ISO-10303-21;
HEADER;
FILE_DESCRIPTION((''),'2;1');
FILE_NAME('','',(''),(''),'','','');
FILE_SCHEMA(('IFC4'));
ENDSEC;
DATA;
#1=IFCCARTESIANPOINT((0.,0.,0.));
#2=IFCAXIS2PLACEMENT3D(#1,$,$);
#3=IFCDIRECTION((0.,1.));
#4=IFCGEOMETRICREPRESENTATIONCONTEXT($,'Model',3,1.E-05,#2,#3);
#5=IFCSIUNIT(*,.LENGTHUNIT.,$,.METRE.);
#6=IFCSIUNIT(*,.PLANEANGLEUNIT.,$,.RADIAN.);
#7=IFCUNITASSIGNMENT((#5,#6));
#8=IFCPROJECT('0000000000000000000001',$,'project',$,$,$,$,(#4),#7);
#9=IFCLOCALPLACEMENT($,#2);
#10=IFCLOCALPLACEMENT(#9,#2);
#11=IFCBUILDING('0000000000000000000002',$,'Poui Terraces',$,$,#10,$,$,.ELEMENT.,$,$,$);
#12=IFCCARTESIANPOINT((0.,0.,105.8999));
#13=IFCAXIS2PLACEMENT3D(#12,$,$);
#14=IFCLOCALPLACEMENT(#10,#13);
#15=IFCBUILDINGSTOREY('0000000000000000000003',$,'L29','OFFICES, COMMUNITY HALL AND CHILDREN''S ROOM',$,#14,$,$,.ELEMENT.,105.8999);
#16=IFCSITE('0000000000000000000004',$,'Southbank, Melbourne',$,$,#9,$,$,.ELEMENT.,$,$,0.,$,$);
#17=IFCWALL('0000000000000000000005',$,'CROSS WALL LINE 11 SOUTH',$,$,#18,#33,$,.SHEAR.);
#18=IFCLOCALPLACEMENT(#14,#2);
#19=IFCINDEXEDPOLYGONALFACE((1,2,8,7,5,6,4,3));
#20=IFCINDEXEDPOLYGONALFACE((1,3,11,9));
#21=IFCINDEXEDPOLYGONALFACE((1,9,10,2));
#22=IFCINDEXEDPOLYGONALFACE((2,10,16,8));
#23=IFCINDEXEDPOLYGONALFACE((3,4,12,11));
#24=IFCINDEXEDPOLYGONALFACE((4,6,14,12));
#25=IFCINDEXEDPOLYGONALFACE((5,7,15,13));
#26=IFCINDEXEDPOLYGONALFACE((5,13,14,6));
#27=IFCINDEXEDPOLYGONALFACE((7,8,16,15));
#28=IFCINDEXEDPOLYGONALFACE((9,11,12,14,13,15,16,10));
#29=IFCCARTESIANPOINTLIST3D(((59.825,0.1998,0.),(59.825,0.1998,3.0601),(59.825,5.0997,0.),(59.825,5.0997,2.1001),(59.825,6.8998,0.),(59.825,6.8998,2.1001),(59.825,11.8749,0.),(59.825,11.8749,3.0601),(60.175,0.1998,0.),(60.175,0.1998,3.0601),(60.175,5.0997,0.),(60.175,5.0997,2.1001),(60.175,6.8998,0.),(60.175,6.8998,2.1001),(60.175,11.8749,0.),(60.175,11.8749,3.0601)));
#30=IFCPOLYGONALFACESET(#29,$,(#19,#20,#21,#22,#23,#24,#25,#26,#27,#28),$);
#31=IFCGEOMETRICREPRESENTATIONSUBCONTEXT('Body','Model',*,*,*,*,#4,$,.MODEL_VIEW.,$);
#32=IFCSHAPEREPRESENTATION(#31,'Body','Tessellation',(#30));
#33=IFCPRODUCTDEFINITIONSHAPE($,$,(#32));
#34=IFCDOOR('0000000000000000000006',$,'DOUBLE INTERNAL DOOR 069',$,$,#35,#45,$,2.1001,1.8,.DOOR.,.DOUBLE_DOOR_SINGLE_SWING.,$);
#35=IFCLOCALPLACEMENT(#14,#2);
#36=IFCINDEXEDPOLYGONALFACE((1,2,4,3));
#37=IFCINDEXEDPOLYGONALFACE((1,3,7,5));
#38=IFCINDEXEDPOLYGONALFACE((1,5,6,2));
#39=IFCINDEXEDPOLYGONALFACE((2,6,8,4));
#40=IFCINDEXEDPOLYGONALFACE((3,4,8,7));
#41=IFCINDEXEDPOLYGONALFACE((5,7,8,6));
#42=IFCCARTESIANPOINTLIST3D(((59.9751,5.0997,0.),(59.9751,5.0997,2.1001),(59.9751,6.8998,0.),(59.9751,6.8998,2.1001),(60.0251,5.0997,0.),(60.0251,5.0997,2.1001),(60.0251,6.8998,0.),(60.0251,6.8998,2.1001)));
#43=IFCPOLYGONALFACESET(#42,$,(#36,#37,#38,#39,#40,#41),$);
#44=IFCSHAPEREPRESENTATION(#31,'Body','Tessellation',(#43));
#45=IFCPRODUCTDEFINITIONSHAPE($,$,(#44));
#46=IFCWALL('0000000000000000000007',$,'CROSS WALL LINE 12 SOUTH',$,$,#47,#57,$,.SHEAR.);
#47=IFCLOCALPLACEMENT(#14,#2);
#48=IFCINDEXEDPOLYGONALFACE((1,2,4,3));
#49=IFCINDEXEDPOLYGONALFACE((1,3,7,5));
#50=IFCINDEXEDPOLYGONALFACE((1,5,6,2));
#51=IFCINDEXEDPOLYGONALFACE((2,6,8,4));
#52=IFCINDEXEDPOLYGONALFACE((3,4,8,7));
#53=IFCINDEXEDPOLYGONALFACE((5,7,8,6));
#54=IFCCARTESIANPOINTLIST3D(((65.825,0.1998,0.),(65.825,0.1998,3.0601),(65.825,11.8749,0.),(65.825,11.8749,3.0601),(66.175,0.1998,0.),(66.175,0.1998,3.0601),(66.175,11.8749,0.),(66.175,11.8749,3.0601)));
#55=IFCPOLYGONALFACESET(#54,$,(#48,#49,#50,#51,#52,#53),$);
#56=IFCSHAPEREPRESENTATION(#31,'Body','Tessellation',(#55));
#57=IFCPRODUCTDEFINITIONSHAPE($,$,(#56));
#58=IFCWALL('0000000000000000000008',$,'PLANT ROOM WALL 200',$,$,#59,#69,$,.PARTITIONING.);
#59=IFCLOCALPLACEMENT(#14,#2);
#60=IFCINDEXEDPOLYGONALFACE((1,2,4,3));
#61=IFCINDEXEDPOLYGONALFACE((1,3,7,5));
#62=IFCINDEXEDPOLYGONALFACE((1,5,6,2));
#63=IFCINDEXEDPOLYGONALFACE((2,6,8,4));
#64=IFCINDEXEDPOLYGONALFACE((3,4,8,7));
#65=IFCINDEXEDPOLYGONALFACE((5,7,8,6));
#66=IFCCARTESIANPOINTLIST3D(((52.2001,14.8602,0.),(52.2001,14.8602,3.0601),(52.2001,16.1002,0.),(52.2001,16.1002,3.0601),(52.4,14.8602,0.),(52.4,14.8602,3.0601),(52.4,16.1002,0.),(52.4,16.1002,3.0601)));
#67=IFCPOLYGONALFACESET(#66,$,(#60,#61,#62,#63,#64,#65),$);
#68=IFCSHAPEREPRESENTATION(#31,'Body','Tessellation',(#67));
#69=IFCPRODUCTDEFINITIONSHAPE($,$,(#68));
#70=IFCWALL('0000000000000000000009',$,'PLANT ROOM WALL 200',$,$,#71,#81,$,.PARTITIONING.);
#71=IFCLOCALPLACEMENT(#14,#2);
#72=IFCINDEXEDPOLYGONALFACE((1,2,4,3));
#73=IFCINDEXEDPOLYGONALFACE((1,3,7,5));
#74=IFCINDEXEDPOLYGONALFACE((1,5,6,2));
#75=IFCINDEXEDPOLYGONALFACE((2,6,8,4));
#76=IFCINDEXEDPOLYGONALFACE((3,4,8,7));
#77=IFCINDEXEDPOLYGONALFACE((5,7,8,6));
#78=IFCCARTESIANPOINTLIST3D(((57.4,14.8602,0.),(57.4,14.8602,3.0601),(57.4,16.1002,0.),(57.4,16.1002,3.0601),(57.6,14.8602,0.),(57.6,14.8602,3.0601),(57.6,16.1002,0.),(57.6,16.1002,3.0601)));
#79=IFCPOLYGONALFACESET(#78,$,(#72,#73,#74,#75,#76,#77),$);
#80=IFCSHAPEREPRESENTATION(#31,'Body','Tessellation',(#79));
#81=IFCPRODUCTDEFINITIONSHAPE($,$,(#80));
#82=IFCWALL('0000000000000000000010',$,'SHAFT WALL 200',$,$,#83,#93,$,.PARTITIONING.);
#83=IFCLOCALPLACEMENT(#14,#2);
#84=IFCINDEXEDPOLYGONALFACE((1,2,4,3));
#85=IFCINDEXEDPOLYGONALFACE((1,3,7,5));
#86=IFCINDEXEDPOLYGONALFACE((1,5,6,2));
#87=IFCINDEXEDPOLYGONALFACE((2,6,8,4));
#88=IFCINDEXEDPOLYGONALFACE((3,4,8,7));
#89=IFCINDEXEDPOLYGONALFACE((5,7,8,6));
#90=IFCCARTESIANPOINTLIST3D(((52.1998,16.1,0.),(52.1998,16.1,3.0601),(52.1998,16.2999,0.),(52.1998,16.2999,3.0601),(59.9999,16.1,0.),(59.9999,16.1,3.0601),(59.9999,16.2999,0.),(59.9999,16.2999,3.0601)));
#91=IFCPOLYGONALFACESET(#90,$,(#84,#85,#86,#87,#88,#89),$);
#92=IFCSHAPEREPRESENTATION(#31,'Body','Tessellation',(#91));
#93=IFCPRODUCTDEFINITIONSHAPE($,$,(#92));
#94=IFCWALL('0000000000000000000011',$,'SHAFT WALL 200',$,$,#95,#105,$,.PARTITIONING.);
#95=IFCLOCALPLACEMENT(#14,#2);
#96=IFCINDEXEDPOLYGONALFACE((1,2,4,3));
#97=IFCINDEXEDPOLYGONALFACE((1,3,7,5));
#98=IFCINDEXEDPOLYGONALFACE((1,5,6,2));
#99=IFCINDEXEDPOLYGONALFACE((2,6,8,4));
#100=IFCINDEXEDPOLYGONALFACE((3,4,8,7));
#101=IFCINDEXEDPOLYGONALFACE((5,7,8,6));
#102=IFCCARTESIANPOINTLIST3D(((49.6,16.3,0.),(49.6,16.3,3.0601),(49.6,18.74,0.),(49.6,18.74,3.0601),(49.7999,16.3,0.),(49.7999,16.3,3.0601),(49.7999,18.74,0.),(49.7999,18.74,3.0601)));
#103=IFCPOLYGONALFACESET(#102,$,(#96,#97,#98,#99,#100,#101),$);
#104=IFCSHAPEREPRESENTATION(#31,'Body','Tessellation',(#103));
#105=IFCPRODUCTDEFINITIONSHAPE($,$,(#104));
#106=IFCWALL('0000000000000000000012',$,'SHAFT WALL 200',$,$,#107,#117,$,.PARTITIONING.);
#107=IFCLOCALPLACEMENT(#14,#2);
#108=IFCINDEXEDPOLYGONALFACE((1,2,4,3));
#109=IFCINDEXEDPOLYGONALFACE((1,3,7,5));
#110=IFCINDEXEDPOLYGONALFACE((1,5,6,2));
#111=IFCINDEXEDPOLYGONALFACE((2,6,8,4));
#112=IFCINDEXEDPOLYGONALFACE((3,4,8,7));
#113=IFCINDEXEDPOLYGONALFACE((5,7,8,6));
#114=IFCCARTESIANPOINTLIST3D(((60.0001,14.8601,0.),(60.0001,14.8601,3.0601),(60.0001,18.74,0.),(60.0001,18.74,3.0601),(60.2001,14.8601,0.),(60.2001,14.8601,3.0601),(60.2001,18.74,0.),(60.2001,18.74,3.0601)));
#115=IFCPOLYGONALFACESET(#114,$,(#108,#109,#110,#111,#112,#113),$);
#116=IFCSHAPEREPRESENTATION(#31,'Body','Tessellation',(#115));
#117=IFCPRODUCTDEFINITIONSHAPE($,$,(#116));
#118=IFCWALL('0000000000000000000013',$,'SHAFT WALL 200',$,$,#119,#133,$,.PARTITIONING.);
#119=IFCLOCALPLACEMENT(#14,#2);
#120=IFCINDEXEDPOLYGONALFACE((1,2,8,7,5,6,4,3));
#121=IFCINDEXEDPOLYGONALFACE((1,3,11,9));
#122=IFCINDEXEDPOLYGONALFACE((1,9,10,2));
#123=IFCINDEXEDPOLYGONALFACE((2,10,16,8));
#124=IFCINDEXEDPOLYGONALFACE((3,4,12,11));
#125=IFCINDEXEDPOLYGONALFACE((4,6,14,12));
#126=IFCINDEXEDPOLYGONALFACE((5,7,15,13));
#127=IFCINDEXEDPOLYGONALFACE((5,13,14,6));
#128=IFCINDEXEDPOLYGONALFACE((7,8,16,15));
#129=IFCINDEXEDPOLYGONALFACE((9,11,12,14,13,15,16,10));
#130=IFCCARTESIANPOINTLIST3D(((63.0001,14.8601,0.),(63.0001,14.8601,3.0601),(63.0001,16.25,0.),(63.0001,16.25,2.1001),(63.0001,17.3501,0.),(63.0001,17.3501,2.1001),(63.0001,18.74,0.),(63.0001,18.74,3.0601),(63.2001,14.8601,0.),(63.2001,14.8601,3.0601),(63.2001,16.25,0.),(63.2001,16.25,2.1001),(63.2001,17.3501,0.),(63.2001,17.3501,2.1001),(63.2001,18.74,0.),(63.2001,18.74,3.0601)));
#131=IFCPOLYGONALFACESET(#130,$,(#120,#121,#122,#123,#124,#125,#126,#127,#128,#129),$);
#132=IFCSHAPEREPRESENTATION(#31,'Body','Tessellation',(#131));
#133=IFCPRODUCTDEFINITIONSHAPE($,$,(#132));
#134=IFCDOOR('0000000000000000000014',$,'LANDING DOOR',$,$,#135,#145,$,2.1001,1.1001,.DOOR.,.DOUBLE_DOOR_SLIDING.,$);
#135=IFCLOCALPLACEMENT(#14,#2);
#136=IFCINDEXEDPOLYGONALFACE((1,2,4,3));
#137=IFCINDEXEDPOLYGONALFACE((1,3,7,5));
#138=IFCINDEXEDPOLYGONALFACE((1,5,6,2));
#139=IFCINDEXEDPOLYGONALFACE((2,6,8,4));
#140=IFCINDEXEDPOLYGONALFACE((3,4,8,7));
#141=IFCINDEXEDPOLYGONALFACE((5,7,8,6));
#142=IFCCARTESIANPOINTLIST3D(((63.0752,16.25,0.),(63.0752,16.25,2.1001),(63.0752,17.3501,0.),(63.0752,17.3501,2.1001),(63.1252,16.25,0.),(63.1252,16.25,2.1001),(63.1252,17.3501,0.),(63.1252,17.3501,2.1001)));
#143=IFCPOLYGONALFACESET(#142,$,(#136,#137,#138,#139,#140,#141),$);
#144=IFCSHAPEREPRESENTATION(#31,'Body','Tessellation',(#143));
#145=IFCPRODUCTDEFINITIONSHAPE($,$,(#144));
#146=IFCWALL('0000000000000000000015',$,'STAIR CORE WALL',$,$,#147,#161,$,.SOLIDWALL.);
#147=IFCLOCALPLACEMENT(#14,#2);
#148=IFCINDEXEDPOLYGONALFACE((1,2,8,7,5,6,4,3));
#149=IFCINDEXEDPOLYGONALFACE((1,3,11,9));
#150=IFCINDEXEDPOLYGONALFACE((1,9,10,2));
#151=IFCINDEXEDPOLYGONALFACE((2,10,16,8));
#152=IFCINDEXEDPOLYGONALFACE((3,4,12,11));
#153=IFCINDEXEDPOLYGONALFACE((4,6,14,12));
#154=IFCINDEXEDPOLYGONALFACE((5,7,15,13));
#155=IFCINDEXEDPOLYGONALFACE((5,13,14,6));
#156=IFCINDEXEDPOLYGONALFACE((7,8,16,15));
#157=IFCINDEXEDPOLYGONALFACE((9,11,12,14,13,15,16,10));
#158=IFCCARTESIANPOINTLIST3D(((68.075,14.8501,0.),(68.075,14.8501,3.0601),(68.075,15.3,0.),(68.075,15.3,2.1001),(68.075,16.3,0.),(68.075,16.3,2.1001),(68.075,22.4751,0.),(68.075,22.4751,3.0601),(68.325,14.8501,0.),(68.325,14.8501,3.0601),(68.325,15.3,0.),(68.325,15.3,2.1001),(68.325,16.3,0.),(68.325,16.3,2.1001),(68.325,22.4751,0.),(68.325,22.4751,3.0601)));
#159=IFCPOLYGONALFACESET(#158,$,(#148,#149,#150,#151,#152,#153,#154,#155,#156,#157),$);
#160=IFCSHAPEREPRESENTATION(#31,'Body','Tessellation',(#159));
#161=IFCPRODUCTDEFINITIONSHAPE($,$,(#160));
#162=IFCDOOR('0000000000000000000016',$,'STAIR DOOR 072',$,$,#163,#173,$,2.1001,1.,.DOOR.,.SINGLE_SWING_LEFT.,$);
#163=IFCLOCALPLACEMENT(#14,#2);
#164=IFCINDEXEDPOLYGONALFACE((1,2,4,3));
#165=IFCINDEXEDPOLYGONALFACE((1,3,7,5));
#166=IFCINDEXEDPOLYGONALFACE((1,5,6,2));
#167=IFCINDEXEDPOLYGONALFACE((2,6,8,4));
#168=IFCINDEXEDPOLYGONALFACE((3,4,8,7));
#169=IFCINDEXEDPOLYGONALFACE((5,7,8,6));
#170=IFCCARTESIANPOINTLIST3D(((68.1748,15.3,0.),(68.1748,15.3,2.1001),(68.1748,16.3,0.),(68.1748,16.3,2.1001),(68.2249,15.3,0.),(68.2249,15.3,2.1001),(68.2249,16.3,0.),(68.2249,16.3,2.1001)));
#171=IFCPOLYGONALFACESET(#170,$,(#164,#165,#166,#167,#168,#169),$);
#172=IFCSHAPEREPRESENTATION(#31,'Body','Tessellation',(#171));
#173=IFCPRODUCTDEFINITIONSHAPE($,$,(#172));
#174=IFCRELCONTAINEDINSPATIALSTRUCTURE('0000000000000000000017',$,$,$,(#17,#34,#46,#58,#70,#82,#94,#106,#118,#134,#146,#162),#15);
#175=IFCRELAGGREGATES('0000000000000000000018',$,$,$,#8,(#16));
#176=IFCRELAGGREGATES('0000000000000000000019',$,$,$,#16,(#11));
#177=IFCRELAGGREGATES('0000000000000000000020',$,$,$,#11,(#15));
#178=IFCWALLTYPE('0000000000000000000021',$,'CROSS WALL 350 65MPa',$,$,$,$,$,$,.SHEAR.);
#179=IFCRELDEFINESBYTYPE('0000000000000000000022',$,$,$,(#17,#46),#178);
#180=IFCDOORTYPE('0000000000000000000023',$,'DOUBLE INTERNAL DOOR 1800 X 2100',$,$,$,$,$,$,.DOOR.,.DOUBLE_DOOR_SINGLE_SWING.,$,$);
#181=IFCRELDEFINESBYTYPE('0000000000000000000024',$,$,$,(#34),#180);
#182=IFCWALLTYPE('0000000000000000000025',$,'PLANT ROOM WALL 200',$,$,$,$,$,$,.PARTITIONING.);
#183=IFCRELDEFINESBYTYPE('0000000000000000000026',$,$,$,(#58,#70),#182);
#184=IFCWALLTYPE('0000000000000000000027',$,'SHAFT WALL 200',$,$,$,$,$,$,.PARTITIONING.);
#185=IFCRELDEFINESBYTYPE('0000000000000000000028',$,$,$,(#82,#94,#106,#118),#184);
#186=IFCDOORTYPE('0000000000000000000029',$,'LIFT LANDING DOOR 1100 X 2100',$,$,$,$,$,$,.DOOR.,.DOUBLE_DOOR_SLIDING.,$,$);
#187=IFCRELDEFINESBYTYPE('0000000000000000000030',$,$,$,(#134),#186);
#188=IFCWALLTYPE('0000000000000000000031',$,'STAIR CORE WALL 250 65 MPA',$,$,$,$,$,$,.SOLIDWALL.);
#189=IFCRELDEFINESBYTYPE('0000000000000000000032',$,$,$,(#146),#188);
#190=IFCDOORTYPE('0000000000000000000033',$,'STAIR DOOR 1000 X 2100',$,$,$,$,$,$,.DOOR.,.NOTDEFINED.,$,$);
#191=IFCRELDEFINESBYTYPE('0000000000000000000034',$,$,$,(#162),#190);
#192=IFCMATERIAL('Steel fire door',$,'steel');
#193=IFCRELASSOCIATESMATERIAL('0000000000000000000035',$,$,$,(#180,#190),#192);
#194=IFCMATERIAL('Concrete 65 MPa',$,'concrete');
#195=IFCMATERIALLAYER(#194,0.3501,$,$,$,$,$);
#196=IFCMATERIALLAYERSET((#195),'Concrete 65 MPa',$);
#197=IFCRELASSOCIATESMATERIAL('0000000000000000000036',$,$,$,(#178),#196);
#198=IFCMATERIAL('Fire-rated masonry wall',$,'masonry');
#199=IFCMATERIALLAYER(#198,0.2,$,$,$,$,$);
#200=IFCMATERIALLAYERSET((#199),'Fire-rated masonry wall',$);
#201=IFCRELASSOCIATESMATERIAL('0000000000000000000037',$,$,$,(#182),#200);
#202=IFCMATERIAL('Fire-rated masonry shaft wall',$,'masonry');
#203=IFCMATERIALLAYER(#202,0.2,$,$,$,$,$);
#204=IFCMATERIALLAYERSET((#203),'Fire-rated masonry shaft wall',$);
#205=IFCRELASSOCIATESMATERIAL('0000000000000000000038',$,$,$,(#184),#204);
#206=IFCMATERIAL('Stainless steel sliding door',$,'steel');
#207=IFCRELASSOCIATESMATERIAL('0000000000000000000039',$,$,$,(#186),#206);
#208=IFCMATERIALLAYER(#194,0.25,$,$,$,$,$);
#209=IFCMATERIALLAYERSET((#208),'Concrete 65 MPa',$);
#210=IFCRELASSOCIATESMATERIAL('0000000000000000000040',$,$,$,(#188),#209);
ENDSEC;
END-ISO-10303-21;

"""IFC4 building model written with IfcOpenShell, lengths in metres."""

from ifc_helpers import new_model, si_unit, direction, frame, frame_2d, origin, place, context, subcontext, project, spatial, rectangle, extrude, material, layer, layer_set, type_object, element, fill, save


model = new_model("IFC4")

# Units and contexts
model_context = context("Model", 3, precision=1e-05, world=origin(), true_north=direction((0.0, 1.0)))
body_context = subcontext(model_context, "Body", "Model", "MODEL_VIEW")
ifc_project = project(units=[si_unit("LENGTHUNIT", "METRE"), si_unit("PLANEANGLEUNIT", "RADIAN")], contexts=[model_context])

# Site, building, storey
site_placement = place(None, origin())
site = spatial("IfcSite", under=ifc_project, at=site_placement, Name="Southbank, Melbourne", CompositionType="ELEMENT", RefElevation=0.0)
building_placement = place(site_placement, origin())
building = spatial("IfcBuilding", under=site, at=building_placement, Name="Poui Terraces", CompositionType="ELEMENT")
storey_placement = place(building_placement, frame((0.0, 0.0, 105.8999)))
storey = spatial("IfcBuildingStorey", under=building, at=storey_placement, Name="L29", Description="OFFICES, COMMUNITY HALL AND CHILDREN'S ROOM", CompositionType="ELEMENT", Elevation=105.8999)

# Shared definitions
ifc_material_1 = material(Name="Concrete 65 MPa", Category="concrete")

# Shared definitions
ifc_material_2 = material(Name="Steel fire door", Category="steel")
door_type_1 = type_object("IfcDoorType", Name="DOUBLE INTERNAL DOOR 1800 X 2100", OperationType="DOUBLE_DOOR_SINGLE_SWING", PredefinedType="DOOR", material=ifc_material_2)

# Shared definitions
ifc_layer_1 = layer(ifc_material_1, 0.3501)
ifc_layer_set_1 = layer_set([ifc_layer_1], Name="Concrete 65 MPa")
wall_type_1 = type_object("IfcWallType", Name="CROSS WALL 350 65MPa", PredefinedType="SHEAR", material=ifc_layer_set_1)

# Wall, opening, door
wall_1_placement = place(storey_placement, frame((60.0, 0.2, 0.0), z_axis=(0.0, 0.0, 1.0), x_axis=(0.0, 1.0, 0.0)))
wall_1 = element("IfcWall", 1, at=wall_1_placement, inside=storey, type_object=wall_type_1, Name="CROSS WALL LINE 11 SOUTH", PredefinedType="SHEAR", context=body_context, shape_type="SweptSolid", body=[
    extrude(rectangle(XDim=11.675, YDim=0.3501, at=frame_2d((5.8374, 0.0))), origin(), (0.0, 0.0, 1.0), 3.0601),
])
opening_1_placement = place(wall_1_placement, frame((4.8999, 0.0, 0.0)))
opening_1 = element("IfcOpeningElement", 2, at=opening_1_placement, cuts=wall_1, PredefinedType="OPENING", context=body_context, shape_type="SweptSolid", body=[
    extrude(rectangle(XDim=1.8, YDim=2.1001, at=frame_2d((0.8999, 1.05))), frame((0.0, 0.1851, 0.0), z_axis=(0.0, -1.0, 0.0), x_axis=(1.0, 0.0, 0.0)), (0.0, 0.0, 1.0), 0.3701),
])
door_1_placement = place(opening_1_placement, origin())
door_1 = element("IfcDoor", 3, at=door_1_placement, inside=storey, type_object=door_type_1, Name="DOUBLE INTERNAL DOOR 069", OperationType="DOUBLE_DOOR_SINGLE_SWING", OverallHeight=2.1001, OverallWidth=1.8, PredefinedType="DOOR", context=body_context, shape_type="SweptSolid", body=[
    extrude(rectangle(XDim=1.8, YDim=2.1001, at=frame_2d((0.8999, 1.05))), frame((0.0, 0.0249, 0.0), z_axis=(0.0, -1.0, 0.0), x_axis=(1.0, 0.0, 0.0)), (0.0, 0.0, 1.0), 0.05),
])
fill(opening_1, door_1)

# Walls
wall_2_placement = place(storey_placement, frame((66.0, 0.2, 0.0), z_axis=(0.0, 0.0, 1.0), x_axis=(0.0, 1.0, 0.0)))
element("IfcWall", 4, at=wall_2_placement, inside=storey, type_object=wall_type_1, Name="CROSS WALL LINE 12 SOUTH", PredefinedType="SHEAR", context=body_context, shape_type="SweptSolid", body=[
    extrude(rectangle(XDim=11.675, YDim=0.3501, at=frame_2d((5.8374, 0.0))), origin(), (0.0, 0.0, 1.0), 3.0601),
])
ifc_material_3 = material(Name="Fire-rated masonry wall", Category="masonry")
ifc_layer_2 = layer(ifc_material_3, 0.2)
ifc_layer_set_2 = layer_set([ifc_layer_2], Name="Fire-rated masonry wall")
wall_type_2 = type_object("IfcWallType", Name="PLANT ROOM WALL 200", PredefinedType="PARTITIONING", material=ifc_layer_set_2)
for number, where, z_axis, x_axis, name in (
    (5, (52.3, 14.8601, 0.0), (0.0, 0.0, 1.0), (0.0, 1.0, 0.0), "PLANT ROOM WALL 200"),
    (6, (57.5, 14.8601, 0.0), (0.0, 0.0, 1.0), (0.0, 1.0, 0.0), "PLANT ROOM WALL 200"),
):
    element("IfcWall", number, at=place(storey_placement, frame(where, z_axis=z_axis, x_axis=x_axis)), inside=storey, type_object=wall_type_2, Name=name, PredefinedType="PARTITIONING", context=body_context, shape_type="SweptSolid", body=[
        extrude(rectangle(XDim=1.24, YDim=0.2, at=frame_2d((0.6201, 0.0))), origin(), (0.0, 0.0, 1.0), 3.0601),
    ])
ifc_material_4 = material(Name="Fire-rated masonry shaft wall", Category="masonry")
ifc_layer_3 = layer(ifc_material_4, 0.2)
ifc_layer_set_3 = layer_set([ifc_layer_3], Name="Fire-rated masonry shaft wall")
wall_type_3 = type_object("IfcWallType", Name="SHAFT WALL 200", PredefinedType="PARTITIONING", material=ifc_layer_set_3)
wall_3_placement = place(storey_placement, frame((52.2, 16.2, 0.0), z_axis=(0.0, 0.0, 1.0), x_axis=(1.0, 0.0, 0.0)))
element("IfcWall", 7, at=wall_3_placement, inside=storey, type_object=wall_type_3, Name="SHAFT WALL 200", PredefinedType="PARTITIONING", context=body_context, shape_type="SweptSolid", body=[
    extrude(rectangle(XDim=7.8, YDim=0.2, at=frame_2d((3.8999, 0.0))), origin(), (0.0, 0.0, 1.0), 3.0601),
])
wall_4_placement = place(storey_placement, frame((49.7, 16.3, 0.0), z_axis=(0.0, 0.0, 1.0), x_axis=(0.0, 1.0, 0.0)))
element("IfcWall", 8, at=wall_4_placement, inside=storey, type_object=wall_type_3, Name="SHAFT WALL 200", PredefinedType="PARTITIONING", context=body_context, shape_type="SweptSolid", body=[
    extrude(rectangle(XDim=2.4399, YDim=0.2, at=frame_2d((1.22, 0.0))), origin(), (0.0, 0.0, 1.0), 3.0601),
])
wall_5_placement = place(storey_placement, frame((60.1001, 14.8601, 0.0), z_axis=(0.0, 0.0, 1.0), x_axis=(0.0, 1.0, 0.0)))
element("IfcWall", 9, at=wall_5_placement, inside=storey, type_object=wall_type_3, Name="SHAFT WALL 200", PredefinedType="PARTITIONING", context=body_context, shape_type="SweptSolid", body=[
    extrude(rectangle(XDim=3.8799, YDim=0.2, at=frame_2d((1.9399, 0.0))), origin(), (0.0, 0.0, 1.0), 3.0601),
])

# Walls, openings, doors
wall_6_placement = place(storey_placement, frame((63.1001, 14.8601, 0.0), z_axis=(0.0, 0.0, 1.0), x_axis=(0.0, 1.0, 0.0)))
wall_6 = element("IfcWall", 10, at=wall_6_placement, inside=storey, type_object=wall_type_3, Name="SHAFT WALL 200", PredefinedType="PARTITIONING", context=body_context, shape_type="SweptSolid", body=[
    extrude(rectangle(XDim=3.8799, YDim=0.2, at=frame_2d((1.9399, 0.0))), origin(), (0.0, 0.0, 1.0), 3.0601),
])
opening_2_placement = place(wall_6_placement, frame((1.3899, 0.0, 0.0)))
opening_2 = element("IfcOpeningElement", 11, at=opening_2_placement, cuts=wall_6, PredefinedType="OPENING", context=body_context, shape_type="SweptSolid", body=[
    extrude(rectangle(XDim=1.1001, YDim=2.1001, at=frame_2d((0.55, 1.05))), frame((0.0, 0.1099, 0.0), z_axis=(0.0, -1.0, 0.0), x_axis=(1.0, 0.0, 0.0)), (0.0, 0.0, 1.0), 0.22),
])
ifc_material_5 = material(Name="Stainless steel sliding door", Category="steel")
door_type_2 = type_object("IfcDoorType", Name="LIFT LANDING DOOR 1100 X 2100", OperationType="DOUBLE_DOOR_SLIDING", PredefinedType="DOOR", material=ifc_material_5)
door_2_placement = place(opening_2_placement, origin())
door_2 = element("IfcDoor", 12, at=door_2_placement, inside=storey, type_object=door_type_2, Name="LANDING DOOR", OperationType="DOUBLE_DOOR_SLIDING", OverallHeight=2.1001, OverallWidth=1.1001, PredefinedType="DOOR", context=body_context, shape_type="SweptSolid", body=[
    extrude(rectangle(XDim=1.1001, YDim=2.1001, at=frame_2d((0.55, 1.05))), frame((0.0, 0.0249, 0.0), z_axis=(0.0, -1.0, 0.0), x_axis=(1.0, 0.0, 0.0)), (0.0, 0.0, 1.0), 0.05),
])
fill(opening_2, door_2)
ifc_layer_4 = layer(ifc_material_1, 0.25)
ifc_layer_set_4 = layer_set([ifc_layer_4], Name="Concrete 65 MPa")
wall_type_4 = type_object("IfcWallType", Name="STAIR CORE WALL 250 65 MPA", PredefinedType="SOLIDWALL", material=ifc_layer_set_4)
wall_7_placement = place(storey_placement, frame((68.2, 14.8501, 0.0), z_axis=(0.0, 0.0, 1.0), x_axis=(0.0, 1.0, 0.0)))
wall_7 = element("IfcWall", 13, at=wall_7_placement, inside=storey, type_object=wall_type_4, Name="STAIR CORE WALL", PredefinedType="SOLIDWALL", context=body_context, shape_type="SweptSolid", body=[
    extrude(rectangle(XDim=7.625, YDim=0.25, at=frame_2d((3.8125, 0.0))), origin(), (0.0, 0.0, 1.0), 3.0601),
])
opening_3_placement = place(wall_7_placement, frame((0.45, 0.0, 0.0)))
opening_3 = element("IfcOpeningElement", 14, at=opening_3_placement, cuts=wall_7, PredefinedType="OPENING", context=body_context, shape_type="SweptSolid", body=[
    extrude(rectangle(XDim=1.0, YDim=2.1001, at=frame_2d((0.5, 1.05))), frame((0.0, 0.135, 0.0), z_axis=(0.0, -1.0, 0.0), x_axis=(1.0, 0.0, 0.0)), (0.0, 0.0, 1.0), 0.27),
])
door_type_3 = type_object("IfcDoorType", Name="STAIR DOOR 1000 X 2100", OperationType="NOTDEFINED", PredefinedType="DOOR", material=ifc_material_2)
door_3_placement = place(opening_3_placement, frame((1.0, 0.0, 0.0), z_axis=(0.0, 0.0, 1.0), x_axis=(-1.0, 0.0, 0.0)))
door_3 = element("IfcDoor", 15, at=door_3_placement, inside=storey, type_object=door_type_3, Name="STAIR DOOR 072", OperationType="SINGLE_SWING_LEFT", OverallHeight=2.1001, OverallWidth=1.0, PredefinedType="DOOR", context=body_context, shape_type="SweptSolid", body=[
    extrude(rectangle(XDim=1.0, YDim=2.1001, at=frame_2d((0.5, 1.05))), frame((0.0, 0.0249, 0.0), z_axis=(0.0, -1.0, 0.0), x_axis=(1.0, 0.0, 0.0)), (0.0, 0.0, 1.0), 0.05),
])
fill(opening_3, door_3)

save(model, "model.ifc")
